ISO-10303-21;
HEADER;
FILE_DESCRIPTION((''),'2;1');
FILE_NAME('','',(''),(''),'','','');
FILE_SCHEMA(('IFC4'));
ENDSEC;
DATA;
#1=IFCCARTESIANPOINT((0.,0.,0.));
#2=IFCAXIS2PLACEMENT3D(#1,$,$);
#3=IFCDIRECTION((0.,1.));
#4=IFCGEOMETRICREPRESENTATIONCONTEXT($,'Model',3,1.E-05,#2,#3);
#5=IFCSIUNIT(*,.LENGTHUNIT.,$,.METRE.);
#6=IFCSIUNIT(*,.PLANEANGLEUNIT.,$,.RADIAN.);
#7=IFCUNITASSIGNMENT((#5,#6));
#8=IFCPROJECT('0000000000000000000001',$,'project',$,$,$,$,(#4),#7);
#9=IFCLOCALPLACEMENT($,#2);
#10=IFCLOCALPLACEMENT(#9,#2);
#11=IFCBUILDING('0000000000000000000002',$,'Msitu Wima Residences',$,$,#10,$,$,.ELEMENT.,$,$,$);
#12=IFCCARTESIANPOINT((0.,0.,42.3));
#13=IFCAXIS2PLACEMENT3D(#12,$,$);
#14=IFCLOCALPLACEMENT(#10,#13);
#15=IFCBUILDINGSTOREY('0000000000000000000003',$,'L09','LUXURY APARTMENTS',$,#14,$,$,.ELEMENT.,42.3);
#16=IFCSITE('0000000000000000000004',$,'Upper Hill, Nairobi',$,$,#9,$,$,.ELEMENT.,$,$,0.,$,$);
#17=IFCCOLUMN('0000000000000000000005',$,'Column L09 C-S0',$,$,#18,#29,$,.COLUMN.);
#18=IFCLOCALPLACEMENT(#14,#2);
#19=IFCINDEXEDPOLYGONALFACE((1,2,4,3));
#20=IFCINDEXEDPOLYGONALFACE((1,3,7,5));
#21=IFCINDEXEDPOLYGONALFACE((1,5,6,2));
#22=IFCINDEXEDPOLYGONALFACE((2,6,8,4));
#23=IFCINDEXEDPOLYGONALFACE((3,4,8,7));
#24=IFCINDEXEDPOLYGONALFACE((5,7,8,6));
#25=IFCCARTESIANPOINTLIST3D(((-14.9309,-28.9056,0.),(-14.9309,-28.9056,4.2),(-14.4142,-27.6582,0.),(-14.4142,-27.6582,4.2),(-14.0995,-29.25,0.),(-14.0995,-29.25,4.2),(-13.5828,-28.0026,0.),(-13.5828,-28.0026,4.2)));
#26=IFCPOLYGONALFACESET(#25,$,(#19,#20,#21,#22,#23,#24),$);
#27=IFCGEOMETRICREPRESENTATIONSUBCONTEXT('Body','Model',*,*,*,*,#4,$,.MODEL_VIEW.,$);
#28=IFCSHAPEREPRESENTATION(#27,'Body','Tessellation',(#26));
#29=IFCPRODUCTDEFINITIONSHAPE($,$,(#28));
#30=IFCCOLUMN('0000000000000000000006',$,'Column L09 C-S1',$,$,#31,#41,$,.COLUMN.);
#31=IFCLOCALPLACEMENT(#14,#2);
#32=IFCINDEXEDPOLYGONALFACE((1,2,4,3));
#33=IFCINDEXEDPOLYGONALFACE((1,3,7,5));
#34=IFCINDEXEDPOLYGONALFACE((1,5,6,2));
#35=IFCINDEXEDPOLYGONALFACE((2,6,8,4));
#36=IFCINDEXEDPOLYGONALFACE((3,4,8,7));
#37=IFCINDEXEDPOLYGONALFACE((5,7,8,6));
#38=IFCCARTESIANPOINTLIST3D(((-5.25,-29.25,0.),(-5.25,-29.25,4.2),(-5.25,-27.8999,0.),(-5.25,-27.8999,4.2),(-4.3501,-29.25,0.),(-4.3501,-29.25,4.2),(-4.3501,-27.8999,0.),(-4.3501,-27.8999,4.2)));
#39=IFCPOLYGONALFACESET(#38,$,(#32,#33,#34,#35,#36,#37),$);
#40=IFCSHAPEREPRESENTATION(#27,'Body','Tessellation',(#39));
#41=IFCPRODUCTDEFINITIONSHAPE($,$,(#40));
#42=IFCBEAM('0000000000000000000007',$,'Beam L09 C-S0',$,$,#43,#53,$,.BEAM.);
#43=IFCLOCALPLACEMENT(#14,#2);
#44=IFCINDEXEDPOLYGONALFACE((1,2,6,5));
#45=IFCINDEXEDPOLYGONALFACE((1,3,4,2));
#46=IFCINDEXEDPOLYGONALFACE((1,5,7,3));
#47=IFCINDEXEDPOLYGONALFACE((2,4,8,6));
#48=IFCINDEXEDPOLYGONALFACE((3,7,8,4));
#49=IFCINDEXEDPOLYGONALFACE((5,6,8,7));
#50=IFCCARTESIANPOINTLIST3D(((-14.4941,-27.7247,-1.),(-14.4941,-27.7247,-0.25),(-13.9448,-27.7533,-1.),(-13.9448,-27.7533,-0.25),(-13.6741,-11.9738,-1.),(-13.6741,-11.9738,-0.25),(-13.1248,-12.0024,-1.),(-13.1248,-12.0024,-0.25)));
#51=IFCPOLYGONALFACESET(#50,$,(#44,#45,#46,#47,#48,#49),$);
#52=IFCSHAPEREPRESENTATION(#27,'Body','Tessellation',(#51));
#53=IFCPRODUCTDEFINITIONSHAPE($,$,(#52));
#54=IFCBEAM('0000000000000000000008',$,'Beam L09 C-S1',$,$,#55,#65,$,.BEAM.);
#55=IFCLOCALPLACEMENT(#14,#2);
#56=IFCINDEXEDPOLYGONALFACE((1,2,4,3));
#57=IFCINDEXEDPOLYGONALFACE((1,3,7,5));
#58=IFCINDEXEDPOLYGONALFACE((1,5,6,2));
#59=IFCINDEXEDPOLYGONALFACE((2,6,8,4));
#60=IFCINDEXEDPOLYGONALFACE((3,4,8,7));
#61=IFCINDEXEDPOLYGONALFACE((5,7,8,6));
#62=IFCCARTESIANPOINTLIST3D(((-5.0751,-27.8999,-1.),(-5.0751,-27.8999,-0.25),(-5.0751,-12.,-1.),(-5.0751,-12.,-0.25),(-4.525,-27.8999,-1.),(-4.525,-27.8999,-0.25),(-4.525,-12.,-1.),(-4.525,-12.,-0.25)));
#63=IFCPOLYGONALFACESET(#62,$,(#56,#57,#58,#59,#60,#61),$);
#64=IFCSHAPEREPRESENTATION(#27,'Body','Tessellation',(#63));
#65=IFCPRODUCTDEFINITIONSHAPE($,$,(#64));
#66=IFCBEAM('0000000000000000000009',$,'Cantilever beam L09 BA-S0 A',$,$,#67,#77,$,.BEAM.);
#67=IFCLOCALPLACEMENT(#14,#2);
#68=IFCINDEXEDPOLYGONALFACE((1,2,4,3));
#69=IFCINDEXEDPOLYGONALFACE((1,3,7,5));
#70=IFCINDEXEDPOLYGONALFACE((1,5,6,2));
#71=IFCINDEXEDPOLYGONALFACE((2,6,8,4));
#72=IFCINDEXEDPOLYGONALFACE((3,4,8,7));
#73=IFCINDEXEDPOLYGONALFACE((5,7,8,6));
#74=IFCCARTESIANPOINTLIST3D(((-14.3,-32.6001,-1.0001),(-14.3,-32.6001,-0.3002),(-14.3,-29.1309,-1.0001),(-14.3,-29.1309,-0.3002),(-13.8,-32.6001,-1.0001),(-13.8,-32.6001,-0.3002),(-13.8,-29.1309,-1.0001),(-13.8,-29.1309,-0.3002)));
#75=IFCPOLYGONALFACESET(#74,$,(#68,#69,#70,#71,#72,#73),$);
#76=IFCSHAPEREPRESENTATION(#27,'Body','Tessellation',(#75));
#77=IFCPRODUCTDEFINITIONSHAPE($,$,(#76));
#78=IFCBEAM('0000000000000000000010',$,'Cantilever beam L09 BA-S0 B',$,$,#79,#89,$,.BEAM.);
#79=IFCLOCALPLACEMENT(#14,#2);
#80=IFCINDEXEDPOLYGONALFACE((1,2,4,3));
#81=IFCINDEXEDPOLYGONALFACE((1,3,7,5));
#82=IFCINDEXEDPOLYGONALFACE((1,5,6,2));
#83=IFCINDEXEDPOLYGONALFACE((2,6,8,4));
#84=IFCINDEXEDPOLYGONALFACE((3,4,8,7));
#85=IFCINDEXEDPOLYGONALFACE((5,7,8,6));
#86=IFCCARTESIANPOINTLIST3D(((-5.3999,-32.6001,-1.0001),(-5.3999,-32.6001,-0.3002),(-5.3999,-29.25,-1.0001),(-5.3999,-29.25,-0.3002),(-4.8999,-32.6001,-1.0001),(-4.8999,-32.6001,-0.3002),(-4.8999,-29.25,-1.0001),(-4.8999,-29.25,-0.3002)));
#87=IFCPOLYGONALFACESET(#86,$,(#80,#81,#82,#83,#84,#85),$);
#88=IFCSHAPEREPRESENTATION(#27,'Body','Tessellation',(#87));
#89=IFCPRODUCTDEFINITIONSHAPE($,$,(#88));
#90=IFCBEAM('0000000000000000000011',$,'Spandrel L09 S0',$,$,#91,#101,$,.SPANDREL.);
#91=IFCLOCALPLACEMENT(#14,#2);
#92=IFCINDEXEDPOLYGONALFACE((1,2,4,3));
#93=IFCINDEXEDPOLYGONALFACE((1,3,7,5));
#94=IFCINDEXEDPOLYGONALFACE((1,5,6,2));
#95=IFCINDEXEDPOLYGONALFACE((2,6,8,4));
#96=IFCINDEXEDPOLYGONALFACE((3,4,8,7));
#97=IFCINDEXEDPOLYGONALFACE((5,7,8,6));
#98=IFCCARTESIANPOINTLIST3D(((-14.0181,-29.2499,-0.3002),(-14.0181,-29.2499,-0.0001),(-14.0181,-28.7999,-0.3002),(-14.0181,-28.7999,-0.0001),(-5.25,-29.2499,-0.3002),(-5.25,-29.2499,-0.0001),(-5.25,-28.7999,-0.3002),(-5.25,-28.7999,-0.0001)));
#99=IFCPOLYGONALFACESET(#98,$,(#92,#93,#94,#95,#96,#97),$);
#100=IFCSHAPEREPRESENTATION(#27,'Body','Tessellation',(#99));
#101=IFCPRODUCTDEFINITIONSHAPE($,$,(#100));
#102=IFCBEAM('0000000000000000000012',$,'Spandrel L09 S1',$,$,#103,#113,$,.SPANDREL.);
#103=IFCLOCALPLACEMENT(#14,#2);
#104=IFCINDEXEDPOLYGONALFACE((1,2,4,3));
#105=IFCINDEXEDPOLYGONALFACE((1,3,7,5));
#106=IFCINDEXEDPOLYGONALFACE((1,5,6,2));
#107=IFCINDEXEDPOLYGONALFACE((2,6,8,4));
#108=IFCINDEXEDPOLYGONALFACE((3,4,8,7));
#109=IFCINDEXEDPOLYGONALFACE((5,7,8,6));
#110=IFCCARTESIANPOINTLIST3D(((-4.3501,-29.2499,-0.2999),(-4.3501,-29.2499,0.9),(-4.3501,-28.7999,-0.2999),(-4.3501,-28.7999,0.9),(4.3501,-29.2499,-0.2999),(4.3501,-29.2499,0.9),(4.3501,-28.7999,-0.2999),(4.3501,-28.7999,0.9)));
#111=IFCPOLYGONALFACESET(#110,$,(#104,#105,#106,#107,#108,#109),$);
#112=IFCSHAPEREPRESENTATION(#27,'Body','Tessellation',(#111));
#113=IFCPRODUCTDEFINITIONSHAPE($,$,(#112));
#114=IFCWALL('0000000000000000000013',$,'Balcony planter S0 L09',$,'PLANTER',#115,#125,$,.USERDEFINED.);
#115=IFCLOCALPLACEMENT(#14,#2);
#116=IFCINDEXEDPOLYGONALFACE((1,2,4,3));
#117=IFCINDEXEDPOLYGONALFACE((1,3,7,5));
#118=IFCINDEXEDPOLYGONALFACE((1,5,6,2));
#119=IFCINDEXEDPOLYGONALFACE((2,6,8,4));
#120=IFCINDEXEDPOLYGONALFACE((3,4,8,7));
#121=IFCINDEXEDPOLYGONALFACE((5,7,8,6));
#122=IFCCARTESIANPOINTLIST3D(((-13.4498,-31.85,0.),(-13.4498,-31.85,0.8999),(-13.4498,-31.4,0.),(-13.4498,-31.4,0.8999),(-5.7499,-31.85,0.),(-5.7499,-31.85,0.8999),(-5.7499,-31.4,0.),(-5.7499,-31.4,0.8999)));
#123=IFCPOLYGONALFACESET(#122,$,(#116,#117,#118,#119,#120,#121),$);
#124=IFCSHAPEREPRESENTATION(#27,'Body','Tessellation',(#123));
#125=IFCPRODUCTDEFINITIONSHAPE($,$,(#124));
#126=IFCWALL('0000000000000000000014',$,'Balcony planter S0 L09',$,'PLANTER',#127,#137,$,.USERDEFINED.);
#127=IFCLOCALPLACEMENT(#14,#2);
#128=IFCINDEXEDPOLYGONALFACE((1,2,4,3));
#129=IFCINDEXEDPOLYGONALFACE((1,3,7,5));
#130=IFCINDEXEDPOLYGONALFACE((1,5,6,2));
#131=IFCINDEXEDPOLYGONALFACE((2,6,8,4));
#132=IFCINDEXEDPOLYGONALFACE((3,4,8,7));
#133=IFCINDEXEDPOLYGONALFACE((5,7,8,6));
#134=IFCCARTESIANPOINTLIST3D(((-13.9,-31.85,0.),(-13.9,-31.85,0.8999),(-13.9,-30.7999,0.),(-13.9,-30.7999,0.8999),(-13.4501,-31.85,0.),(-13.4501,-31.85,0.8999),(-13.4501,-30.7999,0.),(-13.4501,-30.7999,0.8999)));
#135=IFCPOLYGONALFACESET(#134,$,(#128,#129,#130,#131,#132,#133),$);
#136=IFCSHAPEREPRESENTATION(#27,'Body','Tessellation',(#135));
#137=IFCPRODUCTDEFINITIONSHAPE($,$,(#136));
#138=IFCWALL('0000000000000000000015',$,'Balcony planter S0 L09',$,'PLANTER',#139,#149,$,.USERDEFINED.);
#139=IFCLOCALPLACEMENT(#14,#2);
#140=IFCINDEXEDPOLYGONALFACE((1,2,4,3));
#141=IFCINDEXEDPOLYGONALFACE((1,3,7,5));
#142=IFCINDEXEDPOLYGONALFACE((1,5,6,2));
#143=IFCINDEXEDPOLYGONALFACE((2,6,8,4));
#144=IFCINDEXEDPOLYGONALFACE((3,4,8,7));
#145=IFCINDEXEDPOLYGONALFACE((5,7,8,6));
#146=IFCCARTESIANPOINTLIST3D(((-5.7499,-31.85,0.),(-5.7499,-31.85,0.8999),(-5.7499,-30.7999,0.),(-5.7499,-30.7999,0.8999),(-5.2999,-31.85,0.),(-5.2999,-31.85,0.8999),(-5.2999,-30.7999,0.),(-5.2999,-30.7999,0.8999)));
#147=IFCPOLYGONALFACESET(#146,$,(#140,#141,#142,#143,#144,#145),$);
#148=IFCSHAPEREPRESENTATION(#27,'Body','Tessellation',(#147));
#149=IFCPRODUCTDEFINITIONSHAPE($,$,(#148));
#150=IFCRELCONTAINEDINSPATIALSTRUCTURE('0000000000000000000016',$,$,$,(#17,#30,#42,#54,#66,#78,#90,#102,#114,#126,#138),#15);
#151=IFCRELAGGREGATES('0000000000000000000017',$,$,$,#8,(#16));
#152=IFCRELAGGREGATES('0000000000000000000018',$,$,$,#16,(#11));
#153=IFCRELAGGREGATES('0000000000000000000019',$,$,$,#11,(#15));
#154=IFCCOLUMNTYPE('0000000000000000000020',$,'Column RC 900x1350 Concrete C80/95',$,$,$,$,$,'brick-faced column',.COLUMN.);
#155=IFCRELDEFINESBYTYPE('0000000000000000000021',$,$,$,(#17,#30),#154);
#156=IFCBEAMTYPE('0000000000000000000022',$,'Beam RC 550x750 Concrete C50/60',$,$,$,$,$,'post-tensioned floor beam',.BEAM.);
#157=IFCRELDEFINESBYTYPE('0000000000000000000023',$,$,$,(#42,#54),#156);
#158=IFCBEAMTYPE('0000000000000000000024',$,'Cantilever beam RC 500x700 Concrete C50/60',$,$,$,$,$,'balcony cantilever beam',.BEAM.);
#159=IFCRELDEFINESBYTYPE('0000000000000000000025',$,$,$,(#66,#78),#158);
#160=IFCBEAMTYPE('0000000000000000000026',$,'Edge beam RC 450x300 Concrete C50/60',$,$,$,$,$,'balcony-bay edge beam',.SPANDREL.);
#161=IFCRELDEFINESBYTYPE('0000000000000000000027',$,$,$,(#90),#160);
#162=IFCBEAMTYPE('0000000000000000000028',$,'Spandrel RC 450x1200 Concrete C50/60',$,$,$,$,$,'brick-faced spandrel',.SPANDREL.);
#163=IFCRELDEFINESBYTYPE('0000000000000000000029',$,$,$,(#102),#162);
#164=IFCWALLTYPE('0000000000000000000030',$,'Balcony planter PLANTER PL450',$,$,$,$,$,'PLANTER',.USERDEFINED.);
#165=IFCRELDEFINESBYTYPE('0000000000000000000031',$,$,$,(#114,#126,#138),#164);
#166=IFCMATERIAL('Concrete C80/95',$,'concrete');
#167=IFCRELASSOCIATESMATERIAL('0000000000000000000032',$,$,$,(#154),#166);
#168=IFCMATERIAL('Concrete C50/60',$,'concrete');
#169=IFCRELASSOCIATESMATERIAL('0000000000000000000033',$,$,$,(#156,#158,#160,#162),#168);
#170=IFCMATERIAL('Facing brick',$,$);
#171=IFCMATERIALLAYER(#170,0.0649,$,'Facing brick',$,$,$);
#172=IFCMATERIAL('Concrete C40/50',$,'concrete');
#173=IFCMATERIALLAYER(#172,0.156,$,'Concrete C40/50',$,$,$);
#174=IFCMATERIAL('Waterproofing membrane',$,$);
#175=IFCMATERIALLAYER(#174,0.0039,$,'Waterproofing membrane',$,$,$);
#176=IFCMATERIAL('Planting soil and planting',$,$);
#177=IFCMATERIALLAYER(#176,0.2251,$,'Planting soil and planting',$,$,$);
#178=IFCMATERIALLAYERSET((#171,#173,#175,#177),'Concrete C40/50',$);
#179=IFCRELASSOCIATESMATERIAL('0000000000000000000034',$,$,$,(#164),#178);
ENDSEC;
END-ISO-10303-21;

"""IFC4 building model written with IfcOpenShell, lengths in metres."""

from ifc_helpers import new_model, si_unit, direction, frame, frame_2d, origin, origin_2d, place, context, subcontext, project, spatial, rectangle, extrude, material, layer, layer_set, material_profile, profile_set, type_object, element, save


model = new_model("IFC4")

# Units and contexts
model_context = context("Model", 3, precision=1e-05, world=origin(), true_north=direction((0.0, 1.0)))
body_context = subcontext(model_context, "Body", "Model", "MODEL_VIEW")
ifc_project = project(units=[si_unit("LENGTHUNIT", "METRE"), si_unit("PLANEANGLEUNIT", "RADIAN")], contexts=[model_context])

# Site, building, storey
site_placement = place(None, origin())
site = spatial("IfcSite", under=ifc_project, at=site_placement, Name="Upper Hill, Nairobi", CompositionType="ELEMENT", RefElevation=0.0)
building_placement = place(site_placement, origin())
building = spatial("IfcBuilding", under=site, at=building_placement, Name="Msitu Wima Residences", CompositionType="ELEMENT")
storey_placement = place(building_placement, frame((0.0, 0.0, 42.3)))
storey = spatial("IfcBuildingStorey", under=building, at=storey_placement, Name="L09", Description="LUXURY APARTMENTS", CompositionType="ELEMENT", Elevation=42.3)

# Columns
ifc_material_1 = material(Name="Concrete C80/95", Category="concrete")
ifc_material_profile_1 = material_profile(ifc_material_1, rectangle(XDim=0.8999, YDim=1.3501, at=origin_2d()), Name="RC 900x1350")
ifc_profile_set_1 = profile_set([ifc_material_profile_1], Name="Concrete C80/95")
column_type = type_object("IfcColumnType", Name="Column RC 900x1350 Concrete C80/95", ElementType="brick-faced column", PredefinedType="COLUMN", material=ifc_profile_set_1)
for number, where, z_axis, x_axis, name in (
    (1, (-14.2568, -28.4541, 0.0), (0.0, 0.0, 1.0), (0.92388, -0.382683, 0.0), "Column L09 C-S0"),
    (2, (-4.8, -28.575, 0.0), (0.0, 0.0, 1.0), (1.0, 0.0, 0.0), "Column L09 C-S1"),
):
    element("IfcColumn", number, at=place(storey_placement, frame(where, z_axis=z_axis, x_axis=x_axis)), inside=storey, type_object=column_type, Name=name, PredefinedType="COLUMN", context=body_context, shape_type="SweptSolid", body=[
        extrude(rectangle(XDim=0.8999, YDim=1.3501, at=origin_2d()), origin(), (0.0, 0.0, 1.0), 4.2),
    ])

# Beams
ifc_material_2 = material(Name="Concrete C50/60", Category="concrete")
ifc_material_profile_2 = material_profile(ifc_material_2, rectangle(XDim=0.55, YDim=0.75, at=origin_2d()), Name="RC 550x750")
ifc_profile_set_2 = profile_set([ifc_material_profile_2], Name="Concrete C50/60")
beam_type_1 = type_object("IfcBeamType", Name="Beam RC 550x750 Concrete C50/60", ElementType="post-tensioned floor beam", PredefinedType="BEAM", material=ifc_profile_set_2)
beam_1_placement = place(storey_placement, frame((-14.2195, -27.739, -0.625), z_axis=(0.051994, 0.998647, 0.0), x_axis=(-0.998647, 0.051994, 0.0)))
element("IfcBeam", 3, at=beam_1_placement, inside=storey, type_object=beam_type_1, Name="Beam L09 C-S0", PredefinedType="BEAM", context=body_context, shape_type="SweptSolid", body=[
    extrude(rectangle(XDim=0.55, YDim=0.75, at=origin_2d()), origin(), (0.0, 0.0, 1.0), 15.7722),
])
beam_2_placement = place(storey_placement, frame((-4.8, -27.8999, -0.625), z_axis=(0.0, 1.0, 0.0), x_axis=(-1.0, 0.0, 0.0)))
element("IfcBeam", 4, at=beam_2_placement, inside=storey, type_object=beam_type_1, Name="Beam L09 C-S1", PredefinedType="BEAM", context=body_context, shape_type="SweptSolid", body=[
    extrude(rectangle(XDim=0.55, YDim=0.75, at=origin_2d()), origin(), (0.0, 0.0, 1.0), 15.8999),
])
ifc_material_profile_3 = material_profile(ifc_material_2, rectangle(XDim=0.5, YDim=0.7, at=origin_2d()), Name="RC 500x700")
ifc_profile_set_3 = profile_set([ifc_material_profile_3], Name="Concrete C50/60")
beam_type_2 = type_object("IfcBeamType", Name="Cantilever beam RC 500x700 Concrete C50/60", ElementType="balcony cantilever beam", PredefinedType="BEAM", material=ifc_profile_set_3)
beam_3_placement = place(storey_placement, frame((-14.05, -29.1309, -0.6501), z_axis=(0.0, -1.0, 0.0), x_axis=(1.0, 0.0, 0.0)))
element("IfcBeam", 5, at=beam_3_placement, inside=storey, type_object=beam_type_2, Name="Cantilever beam L09 BA-S0 A", PredefinedType="BEAM", context=body_context, shape_type="SweptSolid", body=[
    extrude(rectangle(XDim=0.5, YDim=0.7, at=origin_2d()), origin(), (0.0, 0.0, 1.0), 3.4692),
])
beam_4_placement = place(storey_placement, frame((-5.1499, -29.25, -0.6501), z_axis=(0.0, -1.0, 0.0), x_axis=(1.0, 0.0, 0.0)))
element("IfcBeam", 6, at=beam_4_placement, inside=storey, type_object=beam_type_2, Name="Cantilever beam L09 BA-S0 B", PredefinedType="BEAM", context=body_context, shape_type="SweptSolid", body=[
    extrude(rectangle(XDim=0.5, YDim=0.7, at=origin_2d()), origin(), (0.0, 0.0, 1.0), 3.3501),
])
ifc_material_profile_4 = material_profile(ifc_material_2, rectangle(XDim=0.45, YDim=0.3, at=origin_2d()), Name="RC 450x300")
ifc_profile_set_4 = profile_set([ifc_material_profile_4], Name="Concrete C50/60")
beam_type_3 = type_object("IfcBeamType", Name="Edge beam RC 450x300 Concrete C50/60", ElementType="balcony-bay edge beam", PredefinedType="SPANDREL", material=ifc_profile_set_4)
beam_5_placement = place(storey_placement, frame((-14.0181, -29.0249, -0.1501), z_axis=(1.0, 0.0, 0.0), x_axis=(0.0, 1.0, 0.0)))
element("IfcBeam", 7, at=beam_5_placement, inside=storey, type_object=beam_type_3, Name="Spandrel L09 S0", PredefinedType="SPANDREL", context=body_context, shape_type="SweptSolid", body=[
    extrude(rectangle(XDim=0.45, YDim=0.3, at=origin_2d()), origin(), (0.0, 0.0, 1.0), 8.7681),
])
ifc_material_profile_5 = material_profile(ifc_material_2, rectangle(XDim=0.45, YDim=1.2, at=origin_2d()), Name="RC 450x1200")
ifc_profile_set_5 = profile_set([ifc_material_profile_5], Name="Concrete C50/60")
beam_type_4 = type_object("IfcBeamType", Name="Spandrel RC 450x1200 Concrete C50/60", ElementType="brick-faced spandrel", PredefinedType="SPANDREL", material=ifc_profile_set_5)
beam_6_placement = place(storey_placement, frame((-4.3501, -29.0249, 0.3), z_axis=(1.0, 0.0, 0.0), x_axis=(0.0, 1.0, 0.0)))
element("IfcBeam", 8, at=beam_6_placement, inside=storey, type_object=beam_type_4, Name="Spandrel L09 S1", PredefinedType="SPANDREL", context=body_context, shape_type="SweptSolid", body=[
    extrude(rectangle(XDim=0.45, YDim=1.2, at=origin_2d()), origin(), (0.0, 0.0, 1.0), 8.7002),
])

# Walls
ifc_material_3 = material(Name="Facing brick")
ifc_layer_1 = layer(ifc_material_3, 0.0649, Name="Facing brick")
ifc_material_4 = material(Name="Concrete C40/50", Category="concrete")
ifc_layer_2 = layer(ifc_material_4, 0.156, Name="Concrete C40/50")
ifc_material_5 = material(Name="Waterproofing membrane")
ifc_layer_3 = layer(ifc_material_5, 0.0039, Name="Waterproofing membrane")
ifc_material_6 = material(Name="Planting soil and planting")
ifc_layer_4 = layer(ifc_material_6, 0.2251, Name="Planting soil and planting")
ifc_layer_set_1 = layer_set([ifc_layer_1, ifc_layer_2, ifc_layer_3, ifc_layer_4], Name="Concrete C40/50")
wall_type_1 = type_object("IfcWallType", Name="Balcony planter PLANTER PL450", ElementType="PLANTER", PredefinedType="USERDEFINED", material=ifc_layer_set_1)
wall_1_placement = place(storey_placement, frame((-13.45, -31.625, 0.0), z_axis=(0.0, 0.0, 1.0), x_axis=(1.0, 0.0, 0.0)))
element("IfcWall", 9, at=wall_1_placement, inside=storey, type_object=wall_type_1, Name="Balcony planter S0 L09", ObjectType="PLANTER", PredefinedType="USERDEFINED", context=body_context, shape_type="SweptSolid", body=[
    extrude(rectangle(XDim=7.7, YDim=0.45, at=frame_2d((3.8501, 0.0))), origin(), (0.0, 0.0, 1.0), 0.8999),
])
for number, where, z_axis, x_axis, name in (
    (10, (-13.675, -30.8, 0.0), (0.0, 0.0, 1.0), (0.0, -1.0, 0.0), "Balcony planter S0 L09"),
    (11, (-5.5249, -30.8, 0.0), (0.0, 0.0, 1.0), (0.0, -1.0, 0.0), "Balcony planter S0 L09"),
):
    element("IfcWall", number, at=place(storey_placement, frame(where, z_axis=z_axis, x_axis=x_axis)), inside=storey, type_object=wall_type_1, Name=name, ObjectType="PLANTER", PredefinedType="USERDEFINED", context=body_context, shape_type="SweptSolid", body=[
        extrude(rectangle(XDim=1.05, YDim=0.45, at=frame_2d((0.5249, 0.0))), origin(), (0.0, 0.0, 1.0), 0.8999),
    ])

save(model, "model.ifc")
